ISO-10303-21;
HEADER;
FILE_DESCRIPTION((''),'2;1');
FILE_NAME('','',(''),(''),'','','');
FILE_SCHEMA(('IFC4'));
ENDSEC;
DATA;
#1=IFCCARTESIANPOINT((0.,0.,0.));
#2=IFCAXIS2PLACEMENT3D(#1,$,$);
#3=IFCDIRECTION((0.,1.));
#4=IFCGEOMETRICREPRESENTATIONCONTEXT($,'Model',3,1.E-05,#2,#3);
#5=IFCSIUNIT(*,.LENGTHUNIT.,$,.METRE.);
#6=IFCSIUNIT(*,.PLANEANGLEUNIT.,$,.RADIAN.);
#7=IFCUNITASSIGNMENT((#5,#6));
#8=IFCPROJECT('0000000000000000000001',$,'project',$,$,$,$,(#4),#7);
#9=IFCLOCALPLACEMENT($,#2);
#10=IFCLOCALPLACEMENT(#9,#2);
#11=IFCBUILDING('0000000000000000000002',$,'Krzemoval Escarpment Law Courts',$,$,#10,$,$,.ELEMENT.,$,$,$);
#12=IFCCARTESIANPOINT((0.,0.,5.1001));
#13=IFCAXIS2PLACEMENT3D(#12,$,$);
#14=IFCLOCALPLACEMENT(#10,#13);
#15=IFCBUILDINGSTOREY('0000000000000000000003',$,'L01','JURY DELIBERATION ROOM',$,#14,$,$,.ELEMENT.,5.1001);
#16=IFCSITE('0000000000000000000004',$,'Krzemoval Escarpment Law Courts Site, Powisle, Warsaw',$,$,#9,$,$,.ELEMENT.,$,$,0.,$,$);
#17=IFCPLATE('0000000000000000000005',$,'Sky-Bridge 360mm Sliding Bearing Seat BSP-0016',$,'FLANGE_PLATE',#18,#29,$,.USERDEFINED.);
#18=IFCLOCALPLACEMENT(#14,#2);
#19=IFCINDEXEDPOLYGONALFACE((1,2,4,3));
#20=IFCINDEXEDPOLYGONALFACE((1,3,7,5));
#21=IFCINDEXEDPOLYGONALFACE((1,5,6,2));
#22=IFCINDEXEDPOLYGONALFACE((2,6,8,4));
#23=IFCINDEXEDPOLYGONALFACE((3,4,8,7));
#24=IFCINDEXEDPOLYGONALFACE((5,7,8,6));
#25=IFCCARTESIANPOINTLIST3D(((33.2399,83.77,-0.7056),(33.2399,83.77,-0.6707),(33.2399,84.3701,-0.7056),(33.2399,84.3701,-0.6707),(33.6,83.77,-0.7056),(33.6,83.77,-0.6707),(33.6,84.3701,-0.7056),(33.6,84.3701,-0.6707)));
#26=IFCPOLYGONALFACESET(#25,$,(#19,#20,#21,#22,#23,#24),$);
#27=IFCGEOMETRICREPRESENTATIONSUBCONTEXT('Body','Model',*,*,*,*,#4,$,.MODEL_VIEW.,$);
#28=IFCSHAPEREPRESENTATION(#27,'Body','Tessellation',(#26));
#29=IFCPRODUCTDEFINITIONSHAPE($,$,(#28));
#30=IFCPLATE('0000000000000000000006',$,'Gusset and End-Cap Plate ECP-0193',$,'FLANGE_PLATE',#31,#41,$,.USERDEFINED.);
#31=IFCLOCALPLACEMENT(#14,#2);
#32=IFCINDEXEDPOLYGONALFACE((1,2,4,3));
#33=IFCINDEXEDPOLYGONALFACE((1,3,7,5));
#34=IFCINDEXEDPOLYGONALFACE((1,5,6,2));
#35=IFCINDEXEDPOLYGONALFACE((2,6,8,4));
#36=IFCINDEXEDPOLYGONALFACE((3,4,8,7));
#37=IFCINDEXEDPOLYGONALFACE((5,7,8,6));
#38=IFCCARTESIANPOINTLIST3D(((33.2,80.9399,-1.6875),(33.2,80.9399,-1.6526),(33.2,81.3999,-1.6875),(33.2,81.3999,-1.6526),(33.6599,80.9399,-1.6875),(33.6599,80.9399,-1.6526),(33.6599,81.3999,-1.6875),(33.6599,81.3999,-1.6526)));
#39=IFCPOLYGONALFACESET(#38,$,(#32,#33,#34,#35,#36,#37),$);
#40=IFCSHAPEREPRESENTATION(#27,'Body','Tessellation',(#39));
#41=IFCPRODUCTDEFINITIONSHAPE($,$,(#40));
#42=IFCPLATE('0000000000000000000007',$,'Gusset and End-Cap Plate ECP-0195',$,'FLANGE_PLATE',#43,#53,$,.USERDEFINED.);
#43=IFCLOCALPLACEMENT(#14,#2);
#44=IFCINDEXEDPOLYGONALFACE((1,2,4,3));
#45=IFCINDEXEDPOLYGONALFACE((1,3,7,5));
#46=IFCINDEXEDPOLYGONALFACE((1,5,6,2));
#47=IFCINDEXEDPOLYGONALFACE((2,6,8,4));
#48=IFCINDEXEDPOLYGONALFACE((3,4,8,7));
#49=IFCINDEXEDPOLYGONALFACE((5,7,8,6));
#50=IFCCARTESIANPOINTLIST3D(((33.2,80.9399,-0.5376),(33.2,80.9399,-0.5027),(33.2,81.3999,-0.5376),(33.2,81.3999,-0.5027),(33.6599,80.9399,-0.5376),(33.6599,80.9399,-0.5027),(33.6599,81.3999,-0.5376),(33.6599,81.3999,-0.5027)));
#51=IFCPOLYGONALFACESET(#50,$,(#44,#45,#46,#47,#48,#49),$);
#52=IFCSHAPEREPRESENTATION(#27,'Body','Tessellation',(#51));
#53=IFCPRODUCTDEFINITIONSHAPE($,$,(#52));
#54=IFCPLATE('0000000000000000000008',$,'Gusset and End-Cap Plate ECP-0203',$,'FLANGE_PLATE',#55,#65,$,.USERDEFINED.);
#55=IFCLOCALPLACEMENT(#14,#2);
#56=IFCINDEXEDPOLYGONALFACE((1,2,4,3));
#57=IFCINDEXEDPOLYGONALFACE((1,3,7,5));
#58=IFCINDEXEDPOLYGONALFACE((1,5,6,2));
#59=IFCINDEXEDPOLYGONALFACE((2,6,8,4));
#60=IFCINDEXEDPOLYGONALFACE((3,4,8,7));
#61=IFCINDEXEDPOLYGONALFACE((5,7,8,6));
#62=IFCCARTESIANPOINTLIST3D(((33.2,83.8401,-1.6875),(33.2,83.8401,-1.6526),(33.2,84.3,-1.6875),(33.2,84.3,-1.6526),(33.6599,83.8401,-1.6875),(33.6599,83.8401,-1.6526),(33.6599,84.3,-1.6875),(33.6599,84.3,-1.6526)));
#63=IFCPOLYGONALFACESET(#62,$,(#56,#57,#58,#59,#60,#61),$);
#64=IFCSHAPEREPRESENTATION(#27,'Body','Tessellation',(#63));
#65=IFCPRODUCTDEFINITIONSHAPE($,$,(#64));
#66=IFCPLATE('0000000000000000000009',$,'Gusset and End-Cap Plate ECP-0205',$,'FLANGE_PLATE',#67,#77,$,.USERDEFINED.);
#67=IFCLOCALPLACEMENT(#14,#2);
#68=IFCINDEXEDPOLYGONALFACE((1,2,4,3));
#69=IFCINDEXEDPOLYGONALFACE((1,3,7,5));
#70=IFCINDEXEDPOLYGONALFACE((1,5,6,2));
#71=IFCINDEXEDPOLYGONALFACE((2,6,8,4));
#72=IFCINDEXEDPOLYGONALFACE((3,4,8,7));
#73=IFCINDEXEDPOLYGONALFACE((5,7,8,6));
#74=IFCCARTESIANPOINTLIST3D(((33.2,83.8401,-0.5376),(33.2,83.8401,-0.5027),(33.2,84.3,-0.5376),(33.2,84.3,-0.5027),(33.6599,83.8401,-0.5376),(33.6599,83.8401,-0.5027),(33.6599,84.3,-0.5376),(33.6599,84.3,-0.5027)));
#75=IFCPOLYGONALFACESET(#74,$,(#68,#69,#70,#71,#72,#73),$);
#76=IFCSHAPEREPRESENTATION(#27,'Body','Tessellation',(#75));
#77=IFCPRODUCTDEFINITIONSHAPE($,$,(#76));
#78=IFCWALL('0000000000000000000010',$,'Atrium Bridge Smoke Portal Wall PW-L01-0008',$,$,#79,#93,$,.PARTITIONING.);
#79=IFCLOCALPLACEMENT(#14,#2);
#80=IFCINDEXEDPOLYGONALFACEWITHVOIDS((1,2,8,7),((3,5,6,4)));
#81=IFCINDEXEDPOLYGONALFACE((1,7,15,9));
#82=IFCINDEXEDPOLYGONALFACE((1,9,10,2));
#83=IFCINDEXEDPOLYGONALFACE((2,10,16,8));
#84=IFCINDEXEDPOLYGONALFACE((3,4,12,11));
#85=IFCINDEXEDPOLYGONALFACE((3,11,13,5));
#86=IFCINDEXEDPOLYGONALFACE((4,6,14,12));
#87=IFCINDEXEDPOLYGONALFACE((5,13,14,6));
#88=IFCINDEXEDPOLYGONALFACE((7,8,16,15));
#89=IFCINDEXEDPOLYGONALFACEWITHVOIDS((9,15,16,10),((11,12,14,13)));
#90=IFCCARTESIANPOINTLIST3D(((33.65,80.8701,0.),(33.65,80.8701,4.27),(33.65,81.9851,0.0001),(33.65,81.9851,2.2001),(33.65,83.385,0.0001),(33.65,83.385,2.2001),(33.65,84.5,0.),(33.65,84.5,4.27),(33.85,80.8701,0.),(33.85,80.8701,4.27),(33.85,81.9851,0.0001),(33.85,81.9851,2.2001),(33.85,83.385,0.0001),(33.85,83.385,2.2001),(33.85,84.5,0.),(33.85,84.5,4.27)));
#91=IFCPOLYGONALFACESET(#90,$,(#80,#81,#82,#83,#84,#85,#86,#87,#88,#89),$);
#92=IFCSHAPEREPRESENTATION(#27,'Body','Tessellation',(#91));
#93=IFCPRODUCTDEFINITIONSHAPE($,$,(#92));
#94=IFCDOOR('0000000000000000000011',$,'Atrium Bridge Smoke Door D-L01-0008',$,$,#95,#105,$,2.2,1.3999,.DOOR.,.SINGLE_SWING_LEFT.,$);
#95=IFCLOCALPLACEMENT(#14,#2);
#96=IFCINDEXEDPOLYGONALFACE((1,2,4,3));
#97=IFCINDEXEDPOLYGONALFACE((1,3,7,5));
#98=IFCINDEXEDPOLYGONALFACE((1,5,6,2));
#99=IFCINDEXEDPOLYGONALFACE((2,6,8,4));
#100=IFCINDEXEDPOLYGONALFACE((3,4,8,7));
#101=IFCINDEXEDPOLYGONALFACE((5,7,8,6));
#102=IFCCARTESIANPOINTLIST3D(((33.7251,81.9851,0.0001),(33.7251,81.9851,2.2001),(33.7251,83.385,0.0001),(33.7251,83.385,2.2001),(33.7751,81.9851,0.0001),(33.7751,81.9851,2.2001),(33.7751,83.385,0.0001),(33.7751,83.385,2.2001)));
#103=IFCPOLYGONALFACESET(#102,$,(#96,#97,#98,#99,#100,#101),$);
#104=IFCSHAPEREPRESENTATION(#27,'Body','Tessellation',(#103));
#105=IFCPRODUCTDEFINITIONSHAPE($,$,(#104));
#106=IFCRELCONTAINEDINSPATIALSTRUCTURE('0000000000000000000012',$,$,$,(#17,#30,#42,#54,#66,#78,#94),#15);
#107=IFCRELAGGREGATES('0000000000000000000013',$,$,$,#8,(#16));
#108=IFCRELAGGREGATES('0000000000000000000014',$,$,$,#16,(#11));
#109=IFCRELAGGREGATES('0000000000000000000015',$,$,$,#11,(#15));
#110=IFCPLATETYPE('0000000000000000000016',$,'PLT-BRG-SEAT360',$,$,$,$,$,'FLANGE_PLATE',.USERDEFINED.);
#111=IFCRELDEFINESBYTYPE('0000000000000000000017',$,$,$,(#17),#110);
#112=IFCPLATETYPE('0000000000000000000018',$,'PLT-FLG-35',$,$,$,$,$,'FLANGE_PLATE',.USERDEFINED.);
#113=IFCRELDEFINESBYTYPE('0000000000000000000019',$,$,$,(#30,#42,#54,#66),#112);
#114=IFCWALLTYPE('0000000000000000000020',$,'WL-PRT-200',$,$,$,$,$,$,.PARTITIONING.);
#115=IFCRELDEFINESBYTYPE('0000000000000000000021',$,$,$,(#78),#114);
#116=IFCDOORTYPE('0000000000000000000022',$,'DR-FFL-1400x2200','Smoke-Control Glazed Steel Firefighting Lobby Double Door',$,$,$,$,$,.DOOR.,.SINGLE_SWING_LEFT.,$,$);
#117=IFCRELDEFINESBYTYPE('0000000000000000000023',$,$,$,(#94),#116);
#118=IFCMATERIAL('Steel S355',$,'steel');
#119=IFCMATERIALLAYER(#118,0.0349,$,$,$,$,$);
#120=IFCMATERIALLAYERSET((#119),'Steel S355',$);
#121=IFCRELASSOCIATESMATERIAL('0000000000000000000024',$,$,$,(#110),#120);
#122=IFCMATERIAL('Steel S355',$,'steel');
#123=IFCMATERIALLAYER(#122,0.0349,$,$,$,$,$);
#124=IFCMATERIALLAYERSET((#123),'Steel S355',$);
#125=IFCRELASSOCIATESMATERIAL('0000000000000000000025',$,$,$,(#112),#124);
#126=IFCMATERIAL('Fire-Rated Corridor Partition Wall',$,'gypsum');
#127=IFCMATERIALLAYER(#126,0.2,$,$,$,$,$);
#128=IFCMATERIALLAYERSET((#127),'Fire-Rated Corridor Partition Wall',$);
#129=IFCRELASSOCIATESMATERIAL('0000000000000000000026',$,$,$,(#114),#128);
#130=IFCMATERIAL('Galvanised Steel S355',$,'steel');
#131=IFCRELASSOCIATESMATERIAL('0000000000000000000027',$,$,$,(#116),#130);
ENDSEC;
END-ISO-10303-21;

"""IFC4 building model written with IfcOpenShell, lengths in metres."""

from ifc_helpers import new_model, si_unit, direction, frame, frame_2d, origin, origin_2d, place, context, subcontext, project, spatial, rectangle, extrude, material, layer, layer_set, type_object, element, fill, save


model = new_model("IFC4")

# Units and contexts
model_context = context("Model", 3, precision=1e-05, world=origin(), true_north=direction((0.0, 1.0)))
body_context = subcontext(model_context, "Body", "Model", "MODEL_VIEW")
ifc_project = project(units=[si_unit("LENGTHUNIT", "METRE"), si_unit("PLANEANGLEUNIT", "RADIAN")], contexts=[model_context])

# Site, building, storey
site_placement = place(None, origin())
site = spatial("IfcSite", under=ifc_project, at=site_placement, Name="Krzemoval Escarpment Law Courts Site, Powisle, Warsaw", CompositionType="ELEMENT", RefElevation=0.0)
building_placement = place(site_placement, origin())
building = spatial("IfcBuilding", under=site, at=building_placement, Name="Krzemoval Escarpment Law Courts", CompositionType="ELEMENT")
storey_placement = place(building_placement, frame((0.0, 0.0, 5.1001)))
storey = spatial("IfcBuildingStorey", under=building, at=storey_placement, Name="L01", Description="JURY DELIBERATION ROOM", CompositionType="ELEMENT", Elevation=5.1001)

# Plates
ifc_material_1 = material(Name="Steel S355", Category="steel")
ifc_layer_1 = layer(ifc_material_1, 0.0349)
ifc_layer_set_1 = layer_set([ifc_layer_1], Name="Steel S355")
plate_type_1 = type_object("IfcPlateType", Name="PLT-BRG-SEAT360", ElementType="FLANGE_PLATE", PredefinedType="USERDEFINED", material=ifc_layer_set_1)
for number, where, z_axis, x_axis, name in (
    (1, (33.4199, 84.0701, -0.7056), (0.0, 0.0, 1.0), (1.0, 0.0, 0.0), "Sky-Bridge 360mm Sliding Bearing Seat BSP-0016"),
):
    element("IfcPlate", number, at=place(storey_placement, frame(where, z_axis=z_axis, x_axis=x_axis)), inside=storey, type_object=plate_type_1, Name=name, ObjectType="FLANGE_PLATE", PredefinedType="USERDEFINED", context=body_context, shape_type="SweptSolid", body=[
        extrude(rectangle(XDim=0.3601, YDim=0.6001, at=origin_2d()), origin(), (0.0, 0.0, 1.0), 0.0349),
    ])
ifc_material_2 = material(Name="Steel S355", Category="steel")
ifc_layer_2 = layer(ifc_material_2, 0.0349)
ifc_layer_set_2 = layer_set([ifc_layer_2], Name="Steel S355")
plate_type_2 = type_object("IfcPlateType", Name="PLT-FLG-35", ElementType="FLANGE_PLATE", PredefinedType="USERDEFINED", material=ifc_layer_set_2)
for number, where, z_axis, x_axis, name in (
    (2, (33.4299, 81.1699, -1.6875), (0.0, 0.0, 1.0), (1.0, 0.0, 0.0), "Gusset and End-Cap Plate ECP-0193"),
    (3, (33.4299, 81.1699, -0.5376), (0.0, 0.0, 1.0), (1.0, 0.0, 0.0), "Gusset and End-Cap Plate ECP-0195"),
    (4, (33.4299, 84.0701, -1.6875), (0.0, 0.0, 1.0), (1.0, 0.0, 0.0), "Gusset and End-Cap Plate ECP-0203"),
    (5, (33.4299, 84.0701, -0.5376), (0.0, 0.0, 1.0), (1.0, 0.0, 0.0), "Gusset and End-Cap Plate ECP-0205"),
):
    element("IfcPlate", number, at=place(storey_placement, frame(where, z_axis=z_axis, x_axis=x_axis)), inside=storey, type_object=plate_type_2, Name=name, ObjectType="FLANGE_PLATE", PredefinedType="USERDEFINED", context=body_context, shape_type="SweptSolid", body=[
        extrude(rectangle(XDim=0.46, YDim=0.46, at=origin_2d()), origin(), (0.0, 0.0, 1.0), 0.0349),
    ])

# Wall, opening, door
ifc_material_3 = material(Name="Fire-Rated Corridor Partition Wall", Category="gypsum")
ifc_layer_3 = layer(ifc_material_3, 0.2)
ifc_layer_set_3 = layer_set([ifc_layer_3], Name="Fire-Rated Corridor Partition Wall")
wall_type = type_object("IfcWallType", Name="WL-PRT-200", PredefinedType="PARTITIONING", material=ifc_layer_set_3)
wall_placement = place(storey_placement, frame((33.75, 80.8701, 0.0), z_axis=(0.0, 0.0, 1.0), x_axis=(0.0, 1.0, 0.0)))
wall = element("IfcWall", 6, at=wall_placement, inside=storey, type_object=wall_type, Name="Atrium Bridge Smoke Portal Wall PW-L01-0008", PredefinedType="PARTITIONING", context=body_context, shape_type="SweptSolid", body=[
    extrude(rectangle(XDim=3.6299, YDim=0.2, at=frame_2d((1.8149, 0.0))), origin(), (0.0, 0.0, 1.0), 4.27),
])
opening_placement = place(wall_placement, frame((1.115, 0.0, 0.0)))
opening = element("IfcOpeningElement", 7, at=opening_placement, cuts=wall, PredefinedType="OPENING", context=body_context, shape_type="SweptSolid", body=[
    extrude(rectangle(XDim=1.3999, YDim=2.2, at=frame_2d((0.7, 1.1001))), frame((0.0, 0.115, 0.0), z_axis=(0.0, -1.0, 0.0), x_axis=(1.0, 0.0, 0.0)), (0.0, 0.0, 1.0), 0.2299),
])
ifc_material_4 = material(Name="Galvanised Steel S355", Category="steel")
door_type = type_object("IfcDoorType", Name="DR-FFL-1400x2200", Description="Smoke-Control Glazed Steel Firefighting Lobby Double Door", OperationType="SINGLE_SWING_LEFT", PredefinedType="DOOR", material=ifc_material_4)
door_placement = place(opening_placement, origin())
door = element("IfcDoor", 8, at=door_placement, inside=storey, type_object=door_type, Name="Atrium Bridge Smoke Door D-L01-0008", OperationType="SINGLE_SWING_LEFT", OverallHeight=2.2, OverallWidth=1.3999, PredefinedType="DOOR", context=body_context, shape_type="SweptSolid", body=[
    extrude(rectangle(XDim=1.3999, YDim=2.2, at=frame_2d((0.7, 1.1001))), frame((0.0, 0.0249, 0.0), z_axis=(0.0, -1.0, 0.0), x_axis=(1.0, 0.0, 0.0)), (0.0, 0.0, 1.0), 0.05),
])
fill(opening, door)

save(model, "model.ifc")
